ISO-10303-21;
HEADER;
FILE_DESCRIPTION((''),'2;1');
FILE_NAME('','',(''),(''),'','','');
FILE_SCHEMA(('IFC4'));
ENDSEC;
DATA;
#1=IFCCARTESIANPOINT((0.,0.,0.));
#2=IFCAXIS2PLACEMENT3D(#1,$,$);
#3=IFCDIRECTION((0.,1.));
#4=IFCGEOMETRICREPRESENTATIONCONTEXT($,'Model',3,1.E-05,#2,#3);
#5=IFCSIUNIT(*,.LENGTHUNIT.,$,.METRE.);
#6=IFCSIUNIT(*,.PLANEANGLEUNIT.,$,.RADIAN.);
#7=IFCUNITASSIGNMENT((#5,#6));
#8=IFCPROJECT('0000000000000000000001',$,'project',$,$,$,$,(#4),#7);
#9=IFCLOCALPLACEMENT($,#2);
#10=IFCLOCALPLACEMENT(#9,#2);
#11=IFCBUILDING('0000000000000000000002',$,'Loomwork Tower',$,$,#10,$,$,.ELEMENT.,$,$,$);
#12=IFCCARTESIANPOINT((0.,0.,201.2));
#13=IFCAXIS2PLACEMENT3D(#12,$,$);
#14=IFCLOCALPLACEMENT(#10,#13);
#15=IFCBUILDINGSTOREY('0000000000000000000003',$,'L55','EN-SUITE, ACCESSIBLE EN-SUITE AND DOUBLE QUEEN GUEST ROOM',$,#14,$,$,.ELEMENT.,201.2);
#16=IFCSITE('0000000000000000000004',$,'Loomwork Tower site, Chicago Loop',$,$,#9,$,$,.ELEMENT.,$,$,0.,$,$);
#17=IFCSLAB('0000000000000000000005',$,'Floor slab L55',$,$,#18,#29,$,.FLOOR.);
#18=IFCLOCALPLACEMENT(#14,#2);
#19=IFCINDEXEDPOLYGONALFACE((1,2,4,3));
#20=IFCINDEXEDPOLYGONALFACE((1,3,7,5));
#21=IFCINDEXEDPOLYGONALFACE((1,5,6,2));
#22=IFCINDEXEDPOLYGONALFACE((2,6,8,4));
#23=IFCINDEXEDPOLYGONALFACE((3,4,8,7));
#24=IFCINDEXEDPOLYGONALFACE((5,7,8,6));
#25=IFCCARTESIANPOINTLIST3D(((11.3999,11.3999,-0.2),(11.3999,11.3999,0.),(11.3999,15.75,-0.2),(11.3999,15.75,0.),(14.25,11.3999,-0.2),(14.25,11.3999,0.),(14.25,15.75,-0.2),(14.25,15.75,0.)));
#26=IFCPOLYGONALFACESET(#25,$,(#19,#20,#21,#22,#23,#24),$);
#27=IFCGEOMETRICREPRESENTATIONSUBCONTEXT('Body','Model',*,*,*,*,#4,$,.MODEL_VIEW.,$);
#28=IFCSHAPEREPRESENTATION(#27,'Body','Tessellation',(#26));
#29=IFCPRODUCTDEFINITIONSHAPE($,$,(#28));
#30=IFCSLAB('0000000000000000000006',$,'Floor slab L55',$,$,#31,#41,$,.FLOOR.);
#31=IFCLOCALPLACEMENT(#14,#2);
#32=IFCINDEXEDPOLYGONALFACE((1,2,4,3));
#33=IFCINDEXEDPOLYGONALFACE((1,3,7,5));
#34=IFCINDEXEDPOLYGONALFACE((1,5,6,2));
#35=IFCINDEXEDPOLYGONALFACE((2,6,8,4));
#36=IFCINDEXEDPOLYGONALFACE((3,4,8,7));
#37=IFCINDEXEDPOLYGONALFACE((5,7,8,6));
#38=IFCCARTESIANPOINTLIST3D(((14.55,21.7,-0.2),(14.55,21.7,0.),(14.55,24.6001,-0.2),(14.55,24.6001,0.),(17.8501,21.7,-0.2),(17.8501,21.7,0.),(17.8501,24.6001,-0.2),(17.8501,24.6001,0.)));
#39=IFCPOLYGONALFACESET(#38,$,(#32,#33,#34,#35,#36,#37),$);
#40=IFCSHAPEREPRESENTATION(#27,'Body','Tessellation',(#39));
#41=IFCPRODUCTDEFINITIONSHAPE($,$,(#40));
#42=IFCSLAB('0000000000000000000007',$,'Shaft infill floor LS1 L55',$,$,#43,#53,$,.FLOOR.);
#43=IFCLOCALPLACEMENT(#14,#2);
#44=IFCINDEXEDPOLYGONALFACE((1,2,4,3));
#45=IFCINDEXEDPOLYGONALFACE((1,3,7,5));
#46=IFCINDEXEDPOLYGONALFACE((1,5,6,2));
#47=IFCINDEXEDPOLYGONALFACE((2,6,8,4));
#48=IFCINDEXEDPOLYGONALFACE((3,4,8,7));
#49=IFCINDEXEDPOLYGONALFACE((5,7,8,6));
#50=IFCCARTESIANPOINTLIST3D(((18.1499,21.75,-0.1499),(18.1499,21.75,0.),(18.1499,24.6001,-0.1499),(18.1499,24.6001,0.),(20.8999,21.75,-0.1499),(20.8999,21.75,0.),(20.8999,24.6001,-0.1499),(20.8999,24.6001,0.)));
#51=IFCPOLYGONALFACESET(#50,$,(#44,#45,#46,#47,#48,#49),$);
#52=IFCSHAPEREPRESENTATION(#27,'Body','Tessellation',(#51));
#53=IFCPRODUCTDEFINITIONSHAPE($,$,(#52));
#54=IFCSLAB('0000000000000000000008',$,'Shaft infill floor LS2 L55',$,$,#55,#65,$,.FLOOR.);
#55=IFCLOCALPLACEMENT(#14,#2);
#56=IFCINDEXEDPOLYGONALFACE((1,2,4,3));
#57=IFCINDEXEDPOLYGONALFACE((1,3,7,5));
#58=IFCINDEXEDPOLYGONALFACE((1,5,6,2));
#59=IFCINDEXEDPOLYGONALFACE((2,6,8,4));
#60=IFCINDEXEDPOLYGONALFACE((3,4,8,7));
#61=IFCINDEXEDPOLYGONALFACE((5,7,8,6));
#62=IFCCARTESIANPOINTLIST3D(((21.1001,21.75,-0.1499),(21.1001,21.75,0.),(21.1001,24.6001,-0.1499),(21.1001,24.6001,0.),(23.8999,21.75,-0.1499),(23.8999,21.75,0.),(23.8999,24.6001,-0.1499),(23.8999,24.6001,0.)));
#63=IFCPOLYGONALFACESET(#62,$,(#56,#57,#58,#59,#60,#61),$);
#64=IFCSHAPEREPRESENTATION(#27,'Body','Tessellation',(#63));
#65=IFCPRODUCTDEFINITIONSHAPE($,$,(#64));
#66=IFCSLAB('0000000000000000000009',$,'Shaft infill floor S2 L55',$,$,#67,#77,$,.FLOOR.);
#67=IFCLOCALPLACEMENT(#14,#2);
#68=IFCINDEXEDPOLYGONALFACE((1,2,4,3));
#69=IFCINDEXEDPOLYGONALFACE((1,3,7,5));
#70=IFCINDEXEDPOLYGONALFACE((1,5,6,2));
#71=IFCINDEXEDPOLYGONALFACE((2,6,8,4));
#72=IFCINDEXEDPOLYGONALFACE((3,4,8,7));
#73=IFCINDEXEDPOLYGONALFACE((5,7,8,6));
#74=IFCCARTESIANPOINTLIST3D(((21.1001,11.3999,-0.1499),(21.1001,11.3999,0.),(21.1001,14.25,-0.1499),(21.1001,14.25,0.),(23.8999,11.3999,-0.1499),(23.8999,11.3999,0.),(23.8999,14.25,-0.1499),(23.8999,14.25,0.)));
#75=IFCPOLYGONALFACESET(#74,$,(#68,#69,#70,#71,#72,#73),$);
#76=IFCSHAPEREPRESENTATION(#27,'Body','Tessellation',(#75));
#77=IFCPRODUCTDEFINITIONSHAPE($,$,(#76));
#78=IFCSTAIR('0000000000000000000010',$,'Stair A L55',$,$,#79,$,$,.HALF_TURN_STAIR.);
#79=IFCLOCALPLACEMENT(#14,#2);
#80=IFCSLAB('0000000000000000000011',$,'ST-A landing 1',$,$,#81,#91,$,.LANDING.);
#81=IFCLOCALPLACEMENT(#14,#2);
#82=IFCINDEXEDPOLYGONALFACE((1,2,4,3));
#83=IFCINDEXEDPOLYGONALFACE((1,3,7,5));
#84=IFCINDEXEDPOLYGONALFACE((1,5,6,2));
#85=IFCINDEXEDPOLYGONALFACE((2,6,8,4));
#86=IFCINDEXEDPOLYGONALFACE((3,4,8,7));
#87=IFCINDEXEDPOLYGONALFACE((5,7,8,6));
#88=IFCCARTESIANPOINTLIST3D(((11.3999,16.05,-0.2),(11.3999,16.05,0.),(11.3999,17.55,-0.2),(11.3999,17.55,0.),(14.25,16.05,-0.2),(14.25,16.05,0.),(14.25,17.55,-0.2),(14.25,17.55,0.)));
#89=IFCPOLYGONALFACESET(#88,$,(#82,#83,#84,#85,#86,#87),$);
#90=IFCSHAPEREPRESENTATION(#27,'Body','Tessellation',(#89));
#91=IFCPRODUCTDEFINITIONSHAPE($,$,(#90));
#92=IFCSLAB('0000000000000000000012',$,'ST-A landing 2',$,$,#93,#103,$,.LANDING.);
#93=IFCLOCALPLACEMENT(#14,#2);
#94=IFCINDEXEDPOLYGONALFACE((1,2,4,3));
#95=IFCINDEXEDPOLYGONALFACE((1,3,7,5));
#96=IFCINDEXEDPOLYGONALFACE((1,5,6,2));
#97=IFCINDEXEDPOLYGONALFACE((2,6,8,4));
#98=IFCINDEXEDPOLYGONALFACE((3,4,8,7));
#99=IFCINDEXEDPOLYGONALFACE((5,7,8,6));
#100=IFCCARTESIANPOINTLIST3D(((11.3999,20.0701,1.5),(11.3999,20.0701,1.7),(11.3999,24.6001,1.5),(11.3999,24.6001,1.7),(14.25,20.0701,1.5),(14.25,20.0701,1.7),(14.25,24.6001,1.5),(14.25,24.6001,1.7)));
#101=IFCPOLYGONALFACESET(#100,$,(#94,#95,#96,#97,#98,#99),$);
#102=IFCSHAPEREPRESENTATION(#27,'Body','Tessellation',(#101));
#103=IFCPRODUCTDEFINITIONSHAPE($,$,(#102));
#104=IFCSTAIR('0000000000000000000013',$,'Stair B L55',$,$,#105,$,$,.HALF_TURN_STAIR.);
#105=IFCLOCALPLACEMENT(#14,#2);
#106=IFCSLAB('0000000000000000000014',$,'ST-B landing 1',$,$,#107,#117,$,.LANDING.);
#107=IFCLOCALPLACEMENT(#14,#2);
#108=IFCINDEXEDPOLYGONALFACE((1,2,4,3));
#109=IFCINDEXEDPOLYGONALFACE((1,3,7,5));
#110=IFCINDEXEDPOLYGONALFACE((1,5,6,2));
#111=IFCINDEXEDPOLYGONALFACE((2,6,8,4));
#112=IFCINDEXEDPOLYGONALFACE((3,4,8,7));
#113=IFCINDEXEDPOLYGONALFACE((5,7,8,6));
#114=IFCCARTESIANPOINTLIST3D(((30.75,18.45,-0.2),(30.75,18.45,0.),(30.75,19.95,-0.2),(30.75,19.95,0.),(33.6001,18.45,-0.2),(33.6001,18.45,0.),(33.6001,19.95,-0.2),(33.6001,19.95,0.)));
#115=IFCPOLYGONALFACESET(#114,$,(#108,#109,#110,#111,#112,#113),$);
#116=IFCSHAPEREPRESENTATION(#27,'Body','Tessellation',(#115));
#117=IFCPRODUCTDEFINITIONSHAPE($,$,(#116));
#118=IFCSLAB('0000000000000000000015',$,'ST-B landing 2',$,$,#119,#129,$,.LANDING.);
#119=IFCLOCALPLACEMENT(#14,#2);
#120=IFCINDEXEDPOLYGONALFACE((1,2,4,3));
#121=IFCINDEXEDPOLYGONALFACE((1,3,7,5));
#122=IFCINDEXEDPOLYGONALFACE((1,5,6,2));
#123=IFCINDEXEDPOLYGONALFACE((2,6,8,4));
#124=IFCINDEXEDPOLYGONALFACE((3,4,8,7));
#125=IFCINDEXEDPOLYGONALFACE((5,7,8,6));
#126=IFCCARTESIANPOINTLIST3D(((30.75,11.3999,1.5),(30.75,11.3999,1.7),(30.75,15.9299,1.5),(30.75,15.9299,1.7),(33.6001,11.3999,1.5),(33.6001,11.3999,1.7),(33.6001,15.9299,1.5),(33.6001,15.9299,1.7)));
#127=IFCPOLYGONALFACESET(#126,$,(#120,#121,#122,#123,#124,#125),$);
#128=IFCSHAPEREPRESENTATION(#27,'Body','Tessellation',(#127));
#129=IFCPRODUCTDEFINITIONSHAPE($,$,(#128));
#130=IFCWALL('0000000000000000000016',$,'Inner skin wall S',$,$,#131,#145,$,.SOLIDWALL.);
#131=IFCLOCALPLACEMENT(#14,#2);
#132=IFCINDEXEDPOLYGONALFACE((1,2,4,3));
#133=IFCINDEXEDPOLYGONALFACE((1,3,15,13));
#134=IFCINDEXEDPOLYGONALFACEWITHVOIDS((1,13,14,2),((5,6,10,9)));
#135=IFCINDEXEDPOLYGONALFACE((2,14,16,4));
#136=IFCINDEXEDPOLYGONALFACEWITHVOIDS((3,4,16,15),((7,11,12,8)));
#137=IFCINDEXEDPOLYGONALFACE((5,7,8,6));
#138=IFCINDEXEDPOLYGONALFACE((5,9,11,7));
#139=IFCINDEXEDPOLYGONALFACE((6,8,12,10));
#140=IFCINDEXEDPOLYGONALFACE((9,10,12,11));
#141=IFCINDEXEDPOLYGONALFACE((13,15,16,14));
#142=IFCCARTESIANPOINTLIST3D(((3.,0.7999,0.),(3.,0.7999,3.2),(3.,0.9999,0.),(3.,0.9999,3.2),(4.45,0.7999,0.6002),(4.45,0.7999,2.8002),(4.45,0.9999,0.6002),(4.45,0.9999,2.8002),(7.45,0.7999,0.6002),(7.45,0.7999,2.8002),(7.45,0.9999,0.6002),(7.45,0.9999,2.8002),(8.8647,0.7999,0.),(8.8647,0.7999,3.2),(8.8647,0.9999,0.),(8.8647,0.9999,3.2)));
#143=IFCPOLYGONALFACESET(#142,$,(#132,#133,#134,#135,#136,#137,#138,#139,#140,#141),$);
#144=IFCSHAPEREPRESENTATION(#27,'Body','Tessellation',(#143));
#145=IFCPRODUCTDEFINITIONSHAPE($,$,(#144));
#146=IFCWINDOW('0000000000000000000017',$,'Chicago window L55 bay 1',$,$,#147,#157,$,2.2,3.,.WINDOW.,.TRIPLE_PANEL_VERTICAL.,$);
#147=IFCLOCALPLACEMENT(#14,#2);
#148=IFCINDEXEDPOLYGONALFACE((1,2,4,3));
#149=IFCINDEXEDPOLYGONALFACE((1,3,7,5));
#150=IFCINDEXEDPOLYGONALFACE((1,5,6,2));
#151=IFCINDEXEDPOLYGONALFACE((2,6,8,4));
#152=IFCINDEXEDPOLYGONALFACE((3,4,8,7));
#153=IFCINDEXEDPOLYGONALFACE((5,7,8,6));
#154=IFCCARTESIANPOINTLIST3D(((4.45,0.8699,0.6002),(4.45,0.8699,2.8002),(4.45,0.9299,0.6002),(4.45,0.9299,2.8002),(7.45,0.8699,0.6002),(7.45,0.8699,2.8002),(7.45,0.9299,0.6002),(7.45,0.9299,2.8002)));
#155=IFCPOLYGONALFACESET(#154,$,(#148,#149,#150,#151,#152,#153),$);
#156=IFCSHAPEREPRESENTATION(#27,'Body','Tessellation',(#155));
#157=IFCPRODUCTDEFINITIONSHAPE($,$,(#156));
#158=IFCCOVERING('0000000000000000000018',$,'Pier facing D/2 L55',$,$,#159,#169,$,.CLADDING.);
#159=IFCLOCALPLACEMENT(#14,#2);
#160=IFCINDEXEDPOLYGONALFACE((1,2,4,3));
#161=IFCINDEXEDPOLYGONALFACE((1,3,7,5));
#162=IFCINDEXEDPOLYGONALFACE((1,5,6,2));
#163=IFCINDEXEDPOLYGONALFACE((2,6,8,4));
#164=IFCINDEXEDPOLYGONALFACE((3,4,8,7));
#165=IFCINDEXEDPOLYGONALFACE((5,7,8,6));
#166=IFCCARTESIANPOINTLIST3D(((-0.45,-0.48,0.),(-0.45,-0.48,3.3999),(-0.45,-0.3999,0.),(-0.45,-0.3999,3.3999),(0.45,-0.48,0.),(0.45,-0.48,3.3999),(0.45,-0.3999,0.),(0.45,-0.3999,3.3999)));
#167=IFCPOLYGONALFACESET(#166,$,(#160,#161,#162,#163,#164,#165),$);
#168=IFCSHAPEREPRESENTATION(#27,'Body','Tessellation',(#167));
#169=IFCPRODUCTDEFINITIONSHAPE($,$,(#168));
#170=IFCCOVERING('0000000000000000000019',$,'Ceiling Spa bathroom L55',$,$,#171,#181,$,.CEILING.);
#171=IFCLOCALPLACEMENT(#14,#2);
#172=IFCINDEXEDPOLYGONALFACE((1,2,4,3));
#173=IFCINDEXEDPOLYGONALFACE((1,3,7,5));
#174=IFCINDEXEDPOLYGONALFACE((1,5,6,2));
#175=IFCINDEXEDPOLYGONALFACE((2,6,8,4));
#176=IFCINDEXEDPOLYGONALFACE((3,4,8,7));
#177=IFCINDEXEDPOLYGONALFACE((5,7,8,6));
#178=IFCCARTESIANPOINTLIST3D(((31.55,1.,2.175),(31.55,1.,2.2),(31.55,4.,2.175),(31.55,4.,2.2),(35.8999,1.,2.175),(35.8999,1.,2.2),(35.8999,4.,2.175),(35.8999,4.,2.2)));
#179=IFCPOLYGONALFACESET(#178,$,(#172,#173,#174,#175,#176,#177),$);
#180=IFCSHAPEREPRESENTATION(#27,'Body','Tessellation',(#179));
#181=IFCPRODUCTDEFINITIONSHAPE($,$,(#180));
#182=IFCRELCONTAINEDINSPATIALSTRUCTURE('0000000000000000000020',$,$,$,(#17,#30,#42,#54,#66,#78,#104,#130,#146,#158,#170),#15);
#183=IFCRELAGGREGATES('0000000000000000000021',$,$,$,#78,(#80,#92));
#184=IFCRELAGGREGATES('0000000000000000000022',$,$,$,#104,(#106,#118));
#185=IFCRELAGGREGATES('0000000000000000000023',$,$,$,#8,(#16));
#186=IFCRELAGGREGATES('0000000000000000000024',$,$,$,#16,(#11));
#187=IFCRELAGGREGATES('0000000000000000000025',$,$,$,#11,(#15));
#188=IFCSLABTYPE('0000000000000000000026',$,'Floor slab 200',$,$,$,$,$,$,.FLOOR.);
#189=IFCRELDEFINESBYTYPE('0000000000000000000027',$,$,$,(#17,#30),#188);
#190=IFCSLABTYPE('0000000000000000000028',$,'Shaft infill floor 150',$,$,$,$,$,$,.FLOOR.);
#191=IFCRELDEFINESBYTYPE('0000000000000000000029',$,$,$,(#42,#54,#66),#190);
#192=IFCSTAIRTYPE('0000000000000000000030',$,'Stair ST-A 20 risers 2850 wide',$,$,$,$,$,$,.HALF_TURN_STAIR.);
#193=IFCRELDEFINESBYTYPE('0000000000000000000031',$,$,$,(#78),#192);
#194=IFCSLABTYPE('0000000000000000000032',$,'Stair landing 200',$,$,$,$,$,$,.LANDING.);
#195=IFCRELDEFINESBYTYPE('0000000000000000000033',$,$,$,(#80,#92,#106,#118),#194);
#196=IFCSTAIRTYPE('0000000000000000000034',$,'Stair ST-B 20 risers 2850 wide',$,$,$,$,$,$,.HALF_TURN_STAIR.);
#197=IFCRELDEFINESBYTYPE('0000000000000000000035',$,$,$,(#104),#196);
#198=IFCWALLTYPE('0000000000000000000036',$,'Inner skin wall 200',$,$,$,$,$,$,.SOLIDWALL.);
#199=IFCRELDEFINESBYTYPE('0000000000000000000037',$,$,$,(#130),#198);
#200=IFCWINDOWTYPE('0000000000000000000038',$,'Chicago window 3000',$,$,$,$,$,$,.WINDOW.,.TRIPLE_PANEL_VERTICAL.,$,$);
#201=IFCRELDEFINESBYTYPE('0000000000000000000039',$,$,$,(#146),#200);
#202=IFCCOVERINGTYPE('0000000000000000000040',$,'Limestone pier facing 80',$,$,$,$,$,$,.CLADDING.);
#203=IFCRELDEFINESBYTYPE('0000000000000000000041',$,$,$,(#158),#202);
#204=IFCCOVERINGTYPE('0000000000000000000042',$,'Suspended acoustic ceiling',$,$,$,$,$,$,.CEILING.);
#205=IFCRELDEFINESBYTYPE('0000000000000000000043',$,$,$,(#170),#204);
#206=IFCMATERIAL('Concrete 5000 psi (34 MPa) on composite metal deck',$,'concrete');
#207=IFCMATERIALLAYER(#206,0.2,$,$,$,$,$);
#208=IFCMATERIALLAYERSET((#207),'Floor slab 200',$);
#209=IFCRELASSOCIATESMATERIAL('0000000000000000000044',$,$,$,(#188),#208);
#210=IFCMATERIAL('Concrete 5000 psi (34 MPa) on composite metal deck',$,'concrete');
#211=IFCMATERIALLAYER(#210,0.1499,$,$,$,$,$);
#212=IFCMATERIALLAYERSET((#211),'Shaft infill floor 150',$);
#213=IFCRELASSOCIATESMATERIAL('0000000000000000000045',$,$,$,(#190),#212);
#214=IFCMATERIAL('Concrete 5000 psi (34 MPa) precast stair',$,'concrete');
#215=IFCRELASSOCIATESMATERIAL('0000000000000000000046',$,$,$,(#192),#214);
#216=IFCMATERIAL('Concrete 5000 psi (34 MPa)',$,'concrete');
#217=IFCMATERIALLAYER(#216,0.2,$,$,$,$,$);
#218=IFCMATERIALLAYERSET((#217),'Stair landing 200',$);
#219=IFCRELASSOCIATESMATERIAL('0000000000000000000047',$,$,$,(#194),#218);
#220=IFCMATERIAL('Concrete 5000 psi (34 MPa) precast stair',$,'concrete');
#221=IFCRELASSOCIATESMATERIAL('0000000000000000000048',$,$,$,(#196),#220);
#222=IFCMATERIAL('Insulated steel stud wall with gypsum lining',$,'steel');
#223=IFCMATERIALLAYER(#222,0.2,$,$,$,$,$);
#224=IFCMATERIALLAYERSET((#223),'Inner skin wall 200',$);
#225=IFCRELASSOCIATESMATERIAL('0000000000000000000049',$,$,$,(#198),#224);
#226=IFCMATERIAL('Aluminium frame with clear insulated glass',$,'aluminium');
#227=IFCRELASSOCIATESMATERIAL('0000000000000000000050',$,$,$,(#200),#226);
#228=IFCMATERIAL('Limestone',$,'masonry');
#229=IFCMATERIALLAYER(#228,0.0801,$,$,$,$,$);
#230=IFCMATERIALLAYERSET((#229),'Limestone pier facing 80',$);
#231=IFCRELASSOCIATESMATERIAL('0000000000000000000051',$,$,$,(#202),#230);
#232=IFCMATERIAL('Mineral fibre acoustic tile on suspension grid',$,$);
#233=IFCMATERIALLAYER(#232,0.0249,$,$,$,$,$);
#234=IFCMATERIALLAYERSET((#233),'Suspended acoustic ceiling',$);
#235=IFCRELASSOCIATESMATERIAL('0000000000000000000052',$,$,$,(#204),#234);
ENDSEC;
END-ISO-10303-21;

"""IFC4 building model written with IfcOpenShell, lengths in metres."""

from ifc_helpers import new_model, si_unit, direction, frame, frame_2d, origin, origin_2d, place, context, subcontext, project, spatial, polyline, rectangle, outline, extrude, material, layer, layer_set, type_object, element, fill, aggregate, save


model = new_model("IFC4")

# Units and contexts
model_context = context("Model", 3, precision=1e-05, world=origin(), true_north=direction((0.0, 1.0)))
body_context = subcontext(model_context, "Body", "Model", "MODEL_VIEW")
ifc_project = project(units=[si_unit("LENGTHUNIT", "METRE"), si_unit("PLANEANGLEUNIT", "RADIAN")], contexts=[model_context])

# Site, building, storey
site_placement = place(None, origin())
site = spatial("IfcSite", under=ifc_project, at=site_placement, Name="Loomwork Tower site, Chicago Loop", CompositionType="ELEMENT", RefElevation=0.0)
building_placement = place(site_placement, origin())
building = spatial("IfcBuilding", under=site, at=building_placement, Name="Loomwork Tower", CompositionType="ELEMENT")
storey_placement = place(building_placement, frame((0.0, 0.0, 201.2)))
storey = spatial("IfcBuildingStorey", under=building, at=storey_placement, Name="L55", Description="EN-SUITE, ACCESSIBLE EN-SUITE AND DOUBLE QUEEN GUEST ROOM", CompositionType="ELEMENT", Elevation=201.2)

# Slabs
ifc_material_1 = material(Name="Concrete 5000 psi (34 MPa) on composite metal deck", Category="concrete")
ifc_layer_1 = layer(ifc_material_1, 0.2)
ifc_layer_set_1 = layer_set([ifc_layer_1], Name="Floor slab 200")
slab_type_1 = type_object("IfcSlabType", Name="Floor slab 200", PredefinedType="FLOOR", material=ifc_layer_set_1)
slab_1_placement = place(storey_placement, frame((0.0, 0.0, -0.2)))
element("IfcSlab", 1, at=slab_1_placement, inside=storey, type_object=slab_type_1, Name="Floor slab L55", PredefinedType="FLOOR", context=body_context, shape_type="SweptSolid", body=[
    extrude(outline(polyline([(14.25, 15.75), (14.25, 11.3999), (11.3999, 11.3999), (11.3999, 15.75), (14.25, 15.75)])), origin(), (0.0, 0.0, 1.0), 0.2),
])
slab_2_placement = place(storey_placement, frame((0.0, 0.0, -0.2)))
element("IfcSlab", 2, at=slab_2_placement, inside=storey, type_object=slab_type_1, Name="Floor slab L55", PredefinedType="FLOOR", context=body_context, shape_type="SweptSolid", body=[
    extrude(outline(polyline([(14.55, 21.7), (14.55, 24.6001), (17.8501, 24.6001), (17.8501, 21.7), (14.55, 21.7)])), origin(), (0.0, 0.0, 1.0), 0.2),
])
ifc_material_2 = material(Name="Concrete 5000 psi (34 MPa) on composite metal deck", Category="concrete")
ifc_layer_2 = layer(ifc_material_2, 0.1499)
ifc_layer_set_2 = layer_set([ifc_layer_2], Name="Shaft infill floor 150")
slab_type_2 = type_object("IfcSlabType", Name="Shaft infill floor 150", PredefinedType="FLOOR", material=ifc_layer_set_2)
slab_3_placement = place(storey_placement, frame((0.0, 0.0, -0.1499)))
element("IfcSlab", 3, at=slab_3_placement, inside=storey, type_object=slab_type_2, Name="Shaft infill floor LS1 L55", PredefinedType="FLOOR", context=body_context, shape_type="SweptSolid", body=[
    extrude(outline(polyline([(18.1499, 21.75), (20.8999, 21.75), (20.8999, 24.6001), (18.1499, 24.6001), (18.1499, 21.75)])), origin(), (0.0, 0.0, 1.0), 0.1499),
])
slab_4_placement = place(storey_placement, frame((0.0, 0.0, -0.1499)))
element("IfcSlab", 4, at=slab_4_placement, inside=storey, type_object=slab_type_2, Name="Shaft infill floor LS2 L55", PredefinedType="FLOOR", context=body_context, shape_type="SweptSolid", body=[
    extrude(outline(polyline([(21.1001, 21.75), (23.8999, 21.75), (23.8999, 24.6001), (21.1001, 24.6001), (21.1001, 21.75)])), origin(), (0.0, 0.0, 1.0), 0.1499),
])
slab_5_placement = place(storey_placement, frame((0.0, 0.0, -0.1499)))
element("IfcSlab", 5, at=slab_5_placement, inside=storey, type_object=slab_type_2, Name="Shaft infill floor S2 L55", PredefinedType="FLOOR", context=body_context, shape_type="SweptSolid", body=[
    extrude(outline(polyline([(21.1001, 11.3999), (23.8999, 11.3999), (23.8999, 14.25), (21.1001, 14.25), (21.1001, 11.3999)])), origin(), (0.0, 0.0, 1.0), 0.1499),
])

# Stairs, slabs
ifc_material_3 = material(Name="Concrete 5000 psi (34 MPa) precast stair", Category="concrete")
stair_type_1 = type_object("IfcStairType", Name="Stair ST-A 20 risers 2850 wide", PredefinedType="HALF_TURN_STAIR", material=ifc_material_3)
stair_1_placement = place(storey_placement, origin())
stair_1 = element("IfcStair", 6, at=stair_1_placement, inside=storey, type_object=stair_type_1, Name="Stair A L55", PredefinedType="HALF_TURN_STAIR")
ifc_material_4 = material(Name="Concrete 5000 psi (34 MPa)", Category="concrete")
ifc_layer_3 = layer(ifc_material_4, 0.2)
ifc_layer_set_3 = layer_set([ifc_layer_3], Name="Stair landing 200")
slab_type_3 = type_object("IfcSlabType", Name="Stair landing 200", PredefinedType="LANDING", material=ifc_layer_set_3)
slab_6_placement = place(storey_placement, frame((0.0, 0.0, -0.2)))
slab_6 = element("IfcSlab", 7, at=slab_6_placement, type_object=slab_type_3, Name="ST-A landing 1", PredefinedType="LANDING", context=body_context, shape_type="SweptSolid", body=[
    extrude(outline(polyline([(11.3999, 16.05), (14.25, 16.05), (14.25, 17.55), (11.3999, 17.55), (11.3999, 16.05)])), origin(), (0.0, 0.0, 1.0), 0.2),
])
slab_7_placement = place(storey_placement, frame((0.0, 0.0, 1.5)))
slab_7 = element("IfcSlab", 8, at=slab_7_placement, type_object=slab_type_3, Name="ST-A landing 2", PredefinedType="LANDING", context=body_context, shape_type="SweptSolid", body=[
    extrude(outline(polyline([(11.3999, 20.0701), (14.25, 20.0701), (14.25, 24.6001), (11.3999, 24.6001), (11.3999, 20.0701)])), origin(), (0.0, 0.0, 1.0), 0.2),
])
aggregate(stair_1, [slab_6, slab_7])
ifc_material_5 = material(Name="Concrete 5000 psi (34 MPa) precast stair", Category="concrete")
stair_type_2 = type_object("IfcStairType", Name="Stair ST-B 20 risers 2850 wide", PredefinedType="HALF_TURN_STAIR", material=ifc_material_5)
stair_2_placement = place(storey_placement, origin())
stair_2 = element("IfcStair", 9, at=stair_2_placement, inside=storey, type_object=stair_type_2, Name="Stair B L55", PredefinedType="HALF_TURN_STAIR")
slab_8_placement = place(storey_placement, frame((0.0, 0.0, -0.2)))
slab_8 = element("IfcSlab", 10, at=slab_8_placement, type_object=slab_type_3, Name="ST-B landing 1", PredefinedType="LANDING", context=body_context, shape_type="SweptSolid", body=[
    extrude(outline(polyline([(30.75, 18.45), (33.6001, 18.45), (33.6001, 19.95), (30.75, 19.95), (30.75, 18.45)])), origin(), (0.0, 0.0, 1.0), 0.2),
])
slab_9_placement = place(storey_placement, frame((0.0, 0.0, 1.5)))
slab_9 = element("IfcSlab", 11, at=slab_9_placement, type_object=slab_type_3, Name="ST-B landing 2", PredefinedType="LANDING", context=body_context, shape_type="SweptSolid", body=[
    extrude(outline(polyline([(30.75, 11.3999), (33.6001, 11.3999), (33.6001, 15.9299), (30.75, 15.9299), (30.75, 11.3999)])), origin(), (0.0, 0.0, 1.0), 0.2),
])
aggregate(stair_2, [slab_8, slab_9])

# Wall, opening, window
ifc_material_6 = material(Name="Insulated steel stud wall with gypsum lining", Category="steel")
ifc_layer_4 = layer(ifc_material_6, 0.2)
ifc_layer_set_4 = layer_set([ifc_layer_4], Name="Inner skin wall 200")
wall_type = type_object("IfcWallType", Name="Inner skin wall 200", PredefinedType="SOLIDWALL", material=ifc_layer_set_4)
wall_placement = place(storey_placement, frame((3.0, 0.8999, 0.0), z_axis=(0.0, 0.0, 1.0), x_axis=(1.0, 0.0, 0.0)))
wall = element("IfcWall", 12, at=wall_placement, inside=storey, type_object=wall_type, Name="Inner skin wall S", PredefinedType="SOLIDWALL", context=body_context, shape_type="SweptSolid", body=[
    extrude(rectangle(XDim=5.8647, YDim=0.2, at=frame_2d((2.9324, 0.0))), origin(), (0.0, 0.0, 1.0), 3.2),
])
opening_placement = place(wall_placement, frame((1.45, 0.0, 0.6001)))
opening = element("IfcOpeningElement", 13, at=opening_placement, cuts=wall, PredefinedType="OPENING", context=body_context, shape_type="SweptSolid", body=[
    extrude(rectangle(XDim=3.0, YDim=2.2, at=frame_2d((1.5, 1.1001))), frame((0.0, 0.1099, 0.0), z_axis=(0.0, -1.0, 0.0), x_axis=(1.0, 0.0, 0.0)), (0.0, 0.0, 1.0), 0.22),
])
ifc_material_7 = material(Name="Aluminium frame with clear insulated glass", Category="aluminium")
window_type = type_object("IfcWindowType", Name="Chicago window 3000", PartitioningType="TRIPLE_PANEL_VERTICAL", PredefinedType="WINDOW", material=ifc_material_7)
window_placement = place(opening_placement, origin())
window = element("IfcWindow", 14, at=window_placement, inside=storey, type_object=window_type, Name="Chicago window L55 bay 1", OverallHeight=2.2, OverallWidth=3.0, PartitioningType="TRIPLE_PANEL_VERTICAL", PredefinedType="WINDOW", context=body_context, shape_type="SweptSolid", body=[
    extrude(rectangle(XDim=3.0, YDim=2.2, at=frame_2d((1.5, 1.1001))), frame((0.0, 0.03, 0.0), z_axis=(0.0, -1.0, 0.0), x_axis=(1.0, 0.0, 0.0)), (0.0, 0.0, 1.0), 0.0601),
])
fill(opening, window)

# Coverings
ifc_material_8 = material(Name="Limestone", Category="masonry")
ifc_layer_5 = layer(ifc_material_8, 0.0801)
ifc_layer_set_5 = layer_set([ifc_layer_5], Name="Limestone pier facing 80")
covering_type_1 = type_object("IfcCoveringType", Name="Limestone pier facing 80", PredefinedType="CLADDING", material=ifc_layer_set_5)
covering_1_placement = place(storey_placement, frame((0.0, -0.4399, 0.0), z_axis=(0.0, 0.0, 1.0), x_axis=(1.0, 0.0, 0.0)))
element("IfcCovering", 15, at=covering_1_placement, inside=storey, type_object=covering_type_1, Name="Pier facing D/2 L55", PredefinedType="CLADDING", context=body_context, shape_type="SweptSolid", body=[
    extrude(rectangle(XDim=0.8999, YDim=0.0801, at=origin_2d()), origin(), (0.0, 0.0, 1.0), 3.3999),
])
ifc_material_9 = material(Name="Mineral fibre acoustic tile on suspension grid")
ifc_layer_6 = layer(ifc_material_9, 0.0249)
ifc_layer_set_6 = layer_set([ifc_layer_6], Name="Suspended acoustic ceiling")
covering_type_2 = type_object("IfcCoveringType", Name="Suspended acoustic ceiling", PredefinedType="CEILING", material=ifc_layer_set_6)
covering_2_placement = place(storey_placement, frame((0.0, 0.0, 2.175)))
element("IfcCovering", 16, at=covering_2_placement, inside=storey, type_object=covering_type_2, Name="Ceiling Spa bathroom L55", PredefinedType="CEILING", context=body_context, shape_type="SweptSolid", body=[
    extrude(outline(polyline([(35.8999, 4.0), (35.8999, 1.0), (31.55, 1.0), (31.55, 4.0), (35.8999, 4.0)])), origin(), (0.0, 0.0, 1.0), 0.0249),
])

save(model, "model.ifc")
